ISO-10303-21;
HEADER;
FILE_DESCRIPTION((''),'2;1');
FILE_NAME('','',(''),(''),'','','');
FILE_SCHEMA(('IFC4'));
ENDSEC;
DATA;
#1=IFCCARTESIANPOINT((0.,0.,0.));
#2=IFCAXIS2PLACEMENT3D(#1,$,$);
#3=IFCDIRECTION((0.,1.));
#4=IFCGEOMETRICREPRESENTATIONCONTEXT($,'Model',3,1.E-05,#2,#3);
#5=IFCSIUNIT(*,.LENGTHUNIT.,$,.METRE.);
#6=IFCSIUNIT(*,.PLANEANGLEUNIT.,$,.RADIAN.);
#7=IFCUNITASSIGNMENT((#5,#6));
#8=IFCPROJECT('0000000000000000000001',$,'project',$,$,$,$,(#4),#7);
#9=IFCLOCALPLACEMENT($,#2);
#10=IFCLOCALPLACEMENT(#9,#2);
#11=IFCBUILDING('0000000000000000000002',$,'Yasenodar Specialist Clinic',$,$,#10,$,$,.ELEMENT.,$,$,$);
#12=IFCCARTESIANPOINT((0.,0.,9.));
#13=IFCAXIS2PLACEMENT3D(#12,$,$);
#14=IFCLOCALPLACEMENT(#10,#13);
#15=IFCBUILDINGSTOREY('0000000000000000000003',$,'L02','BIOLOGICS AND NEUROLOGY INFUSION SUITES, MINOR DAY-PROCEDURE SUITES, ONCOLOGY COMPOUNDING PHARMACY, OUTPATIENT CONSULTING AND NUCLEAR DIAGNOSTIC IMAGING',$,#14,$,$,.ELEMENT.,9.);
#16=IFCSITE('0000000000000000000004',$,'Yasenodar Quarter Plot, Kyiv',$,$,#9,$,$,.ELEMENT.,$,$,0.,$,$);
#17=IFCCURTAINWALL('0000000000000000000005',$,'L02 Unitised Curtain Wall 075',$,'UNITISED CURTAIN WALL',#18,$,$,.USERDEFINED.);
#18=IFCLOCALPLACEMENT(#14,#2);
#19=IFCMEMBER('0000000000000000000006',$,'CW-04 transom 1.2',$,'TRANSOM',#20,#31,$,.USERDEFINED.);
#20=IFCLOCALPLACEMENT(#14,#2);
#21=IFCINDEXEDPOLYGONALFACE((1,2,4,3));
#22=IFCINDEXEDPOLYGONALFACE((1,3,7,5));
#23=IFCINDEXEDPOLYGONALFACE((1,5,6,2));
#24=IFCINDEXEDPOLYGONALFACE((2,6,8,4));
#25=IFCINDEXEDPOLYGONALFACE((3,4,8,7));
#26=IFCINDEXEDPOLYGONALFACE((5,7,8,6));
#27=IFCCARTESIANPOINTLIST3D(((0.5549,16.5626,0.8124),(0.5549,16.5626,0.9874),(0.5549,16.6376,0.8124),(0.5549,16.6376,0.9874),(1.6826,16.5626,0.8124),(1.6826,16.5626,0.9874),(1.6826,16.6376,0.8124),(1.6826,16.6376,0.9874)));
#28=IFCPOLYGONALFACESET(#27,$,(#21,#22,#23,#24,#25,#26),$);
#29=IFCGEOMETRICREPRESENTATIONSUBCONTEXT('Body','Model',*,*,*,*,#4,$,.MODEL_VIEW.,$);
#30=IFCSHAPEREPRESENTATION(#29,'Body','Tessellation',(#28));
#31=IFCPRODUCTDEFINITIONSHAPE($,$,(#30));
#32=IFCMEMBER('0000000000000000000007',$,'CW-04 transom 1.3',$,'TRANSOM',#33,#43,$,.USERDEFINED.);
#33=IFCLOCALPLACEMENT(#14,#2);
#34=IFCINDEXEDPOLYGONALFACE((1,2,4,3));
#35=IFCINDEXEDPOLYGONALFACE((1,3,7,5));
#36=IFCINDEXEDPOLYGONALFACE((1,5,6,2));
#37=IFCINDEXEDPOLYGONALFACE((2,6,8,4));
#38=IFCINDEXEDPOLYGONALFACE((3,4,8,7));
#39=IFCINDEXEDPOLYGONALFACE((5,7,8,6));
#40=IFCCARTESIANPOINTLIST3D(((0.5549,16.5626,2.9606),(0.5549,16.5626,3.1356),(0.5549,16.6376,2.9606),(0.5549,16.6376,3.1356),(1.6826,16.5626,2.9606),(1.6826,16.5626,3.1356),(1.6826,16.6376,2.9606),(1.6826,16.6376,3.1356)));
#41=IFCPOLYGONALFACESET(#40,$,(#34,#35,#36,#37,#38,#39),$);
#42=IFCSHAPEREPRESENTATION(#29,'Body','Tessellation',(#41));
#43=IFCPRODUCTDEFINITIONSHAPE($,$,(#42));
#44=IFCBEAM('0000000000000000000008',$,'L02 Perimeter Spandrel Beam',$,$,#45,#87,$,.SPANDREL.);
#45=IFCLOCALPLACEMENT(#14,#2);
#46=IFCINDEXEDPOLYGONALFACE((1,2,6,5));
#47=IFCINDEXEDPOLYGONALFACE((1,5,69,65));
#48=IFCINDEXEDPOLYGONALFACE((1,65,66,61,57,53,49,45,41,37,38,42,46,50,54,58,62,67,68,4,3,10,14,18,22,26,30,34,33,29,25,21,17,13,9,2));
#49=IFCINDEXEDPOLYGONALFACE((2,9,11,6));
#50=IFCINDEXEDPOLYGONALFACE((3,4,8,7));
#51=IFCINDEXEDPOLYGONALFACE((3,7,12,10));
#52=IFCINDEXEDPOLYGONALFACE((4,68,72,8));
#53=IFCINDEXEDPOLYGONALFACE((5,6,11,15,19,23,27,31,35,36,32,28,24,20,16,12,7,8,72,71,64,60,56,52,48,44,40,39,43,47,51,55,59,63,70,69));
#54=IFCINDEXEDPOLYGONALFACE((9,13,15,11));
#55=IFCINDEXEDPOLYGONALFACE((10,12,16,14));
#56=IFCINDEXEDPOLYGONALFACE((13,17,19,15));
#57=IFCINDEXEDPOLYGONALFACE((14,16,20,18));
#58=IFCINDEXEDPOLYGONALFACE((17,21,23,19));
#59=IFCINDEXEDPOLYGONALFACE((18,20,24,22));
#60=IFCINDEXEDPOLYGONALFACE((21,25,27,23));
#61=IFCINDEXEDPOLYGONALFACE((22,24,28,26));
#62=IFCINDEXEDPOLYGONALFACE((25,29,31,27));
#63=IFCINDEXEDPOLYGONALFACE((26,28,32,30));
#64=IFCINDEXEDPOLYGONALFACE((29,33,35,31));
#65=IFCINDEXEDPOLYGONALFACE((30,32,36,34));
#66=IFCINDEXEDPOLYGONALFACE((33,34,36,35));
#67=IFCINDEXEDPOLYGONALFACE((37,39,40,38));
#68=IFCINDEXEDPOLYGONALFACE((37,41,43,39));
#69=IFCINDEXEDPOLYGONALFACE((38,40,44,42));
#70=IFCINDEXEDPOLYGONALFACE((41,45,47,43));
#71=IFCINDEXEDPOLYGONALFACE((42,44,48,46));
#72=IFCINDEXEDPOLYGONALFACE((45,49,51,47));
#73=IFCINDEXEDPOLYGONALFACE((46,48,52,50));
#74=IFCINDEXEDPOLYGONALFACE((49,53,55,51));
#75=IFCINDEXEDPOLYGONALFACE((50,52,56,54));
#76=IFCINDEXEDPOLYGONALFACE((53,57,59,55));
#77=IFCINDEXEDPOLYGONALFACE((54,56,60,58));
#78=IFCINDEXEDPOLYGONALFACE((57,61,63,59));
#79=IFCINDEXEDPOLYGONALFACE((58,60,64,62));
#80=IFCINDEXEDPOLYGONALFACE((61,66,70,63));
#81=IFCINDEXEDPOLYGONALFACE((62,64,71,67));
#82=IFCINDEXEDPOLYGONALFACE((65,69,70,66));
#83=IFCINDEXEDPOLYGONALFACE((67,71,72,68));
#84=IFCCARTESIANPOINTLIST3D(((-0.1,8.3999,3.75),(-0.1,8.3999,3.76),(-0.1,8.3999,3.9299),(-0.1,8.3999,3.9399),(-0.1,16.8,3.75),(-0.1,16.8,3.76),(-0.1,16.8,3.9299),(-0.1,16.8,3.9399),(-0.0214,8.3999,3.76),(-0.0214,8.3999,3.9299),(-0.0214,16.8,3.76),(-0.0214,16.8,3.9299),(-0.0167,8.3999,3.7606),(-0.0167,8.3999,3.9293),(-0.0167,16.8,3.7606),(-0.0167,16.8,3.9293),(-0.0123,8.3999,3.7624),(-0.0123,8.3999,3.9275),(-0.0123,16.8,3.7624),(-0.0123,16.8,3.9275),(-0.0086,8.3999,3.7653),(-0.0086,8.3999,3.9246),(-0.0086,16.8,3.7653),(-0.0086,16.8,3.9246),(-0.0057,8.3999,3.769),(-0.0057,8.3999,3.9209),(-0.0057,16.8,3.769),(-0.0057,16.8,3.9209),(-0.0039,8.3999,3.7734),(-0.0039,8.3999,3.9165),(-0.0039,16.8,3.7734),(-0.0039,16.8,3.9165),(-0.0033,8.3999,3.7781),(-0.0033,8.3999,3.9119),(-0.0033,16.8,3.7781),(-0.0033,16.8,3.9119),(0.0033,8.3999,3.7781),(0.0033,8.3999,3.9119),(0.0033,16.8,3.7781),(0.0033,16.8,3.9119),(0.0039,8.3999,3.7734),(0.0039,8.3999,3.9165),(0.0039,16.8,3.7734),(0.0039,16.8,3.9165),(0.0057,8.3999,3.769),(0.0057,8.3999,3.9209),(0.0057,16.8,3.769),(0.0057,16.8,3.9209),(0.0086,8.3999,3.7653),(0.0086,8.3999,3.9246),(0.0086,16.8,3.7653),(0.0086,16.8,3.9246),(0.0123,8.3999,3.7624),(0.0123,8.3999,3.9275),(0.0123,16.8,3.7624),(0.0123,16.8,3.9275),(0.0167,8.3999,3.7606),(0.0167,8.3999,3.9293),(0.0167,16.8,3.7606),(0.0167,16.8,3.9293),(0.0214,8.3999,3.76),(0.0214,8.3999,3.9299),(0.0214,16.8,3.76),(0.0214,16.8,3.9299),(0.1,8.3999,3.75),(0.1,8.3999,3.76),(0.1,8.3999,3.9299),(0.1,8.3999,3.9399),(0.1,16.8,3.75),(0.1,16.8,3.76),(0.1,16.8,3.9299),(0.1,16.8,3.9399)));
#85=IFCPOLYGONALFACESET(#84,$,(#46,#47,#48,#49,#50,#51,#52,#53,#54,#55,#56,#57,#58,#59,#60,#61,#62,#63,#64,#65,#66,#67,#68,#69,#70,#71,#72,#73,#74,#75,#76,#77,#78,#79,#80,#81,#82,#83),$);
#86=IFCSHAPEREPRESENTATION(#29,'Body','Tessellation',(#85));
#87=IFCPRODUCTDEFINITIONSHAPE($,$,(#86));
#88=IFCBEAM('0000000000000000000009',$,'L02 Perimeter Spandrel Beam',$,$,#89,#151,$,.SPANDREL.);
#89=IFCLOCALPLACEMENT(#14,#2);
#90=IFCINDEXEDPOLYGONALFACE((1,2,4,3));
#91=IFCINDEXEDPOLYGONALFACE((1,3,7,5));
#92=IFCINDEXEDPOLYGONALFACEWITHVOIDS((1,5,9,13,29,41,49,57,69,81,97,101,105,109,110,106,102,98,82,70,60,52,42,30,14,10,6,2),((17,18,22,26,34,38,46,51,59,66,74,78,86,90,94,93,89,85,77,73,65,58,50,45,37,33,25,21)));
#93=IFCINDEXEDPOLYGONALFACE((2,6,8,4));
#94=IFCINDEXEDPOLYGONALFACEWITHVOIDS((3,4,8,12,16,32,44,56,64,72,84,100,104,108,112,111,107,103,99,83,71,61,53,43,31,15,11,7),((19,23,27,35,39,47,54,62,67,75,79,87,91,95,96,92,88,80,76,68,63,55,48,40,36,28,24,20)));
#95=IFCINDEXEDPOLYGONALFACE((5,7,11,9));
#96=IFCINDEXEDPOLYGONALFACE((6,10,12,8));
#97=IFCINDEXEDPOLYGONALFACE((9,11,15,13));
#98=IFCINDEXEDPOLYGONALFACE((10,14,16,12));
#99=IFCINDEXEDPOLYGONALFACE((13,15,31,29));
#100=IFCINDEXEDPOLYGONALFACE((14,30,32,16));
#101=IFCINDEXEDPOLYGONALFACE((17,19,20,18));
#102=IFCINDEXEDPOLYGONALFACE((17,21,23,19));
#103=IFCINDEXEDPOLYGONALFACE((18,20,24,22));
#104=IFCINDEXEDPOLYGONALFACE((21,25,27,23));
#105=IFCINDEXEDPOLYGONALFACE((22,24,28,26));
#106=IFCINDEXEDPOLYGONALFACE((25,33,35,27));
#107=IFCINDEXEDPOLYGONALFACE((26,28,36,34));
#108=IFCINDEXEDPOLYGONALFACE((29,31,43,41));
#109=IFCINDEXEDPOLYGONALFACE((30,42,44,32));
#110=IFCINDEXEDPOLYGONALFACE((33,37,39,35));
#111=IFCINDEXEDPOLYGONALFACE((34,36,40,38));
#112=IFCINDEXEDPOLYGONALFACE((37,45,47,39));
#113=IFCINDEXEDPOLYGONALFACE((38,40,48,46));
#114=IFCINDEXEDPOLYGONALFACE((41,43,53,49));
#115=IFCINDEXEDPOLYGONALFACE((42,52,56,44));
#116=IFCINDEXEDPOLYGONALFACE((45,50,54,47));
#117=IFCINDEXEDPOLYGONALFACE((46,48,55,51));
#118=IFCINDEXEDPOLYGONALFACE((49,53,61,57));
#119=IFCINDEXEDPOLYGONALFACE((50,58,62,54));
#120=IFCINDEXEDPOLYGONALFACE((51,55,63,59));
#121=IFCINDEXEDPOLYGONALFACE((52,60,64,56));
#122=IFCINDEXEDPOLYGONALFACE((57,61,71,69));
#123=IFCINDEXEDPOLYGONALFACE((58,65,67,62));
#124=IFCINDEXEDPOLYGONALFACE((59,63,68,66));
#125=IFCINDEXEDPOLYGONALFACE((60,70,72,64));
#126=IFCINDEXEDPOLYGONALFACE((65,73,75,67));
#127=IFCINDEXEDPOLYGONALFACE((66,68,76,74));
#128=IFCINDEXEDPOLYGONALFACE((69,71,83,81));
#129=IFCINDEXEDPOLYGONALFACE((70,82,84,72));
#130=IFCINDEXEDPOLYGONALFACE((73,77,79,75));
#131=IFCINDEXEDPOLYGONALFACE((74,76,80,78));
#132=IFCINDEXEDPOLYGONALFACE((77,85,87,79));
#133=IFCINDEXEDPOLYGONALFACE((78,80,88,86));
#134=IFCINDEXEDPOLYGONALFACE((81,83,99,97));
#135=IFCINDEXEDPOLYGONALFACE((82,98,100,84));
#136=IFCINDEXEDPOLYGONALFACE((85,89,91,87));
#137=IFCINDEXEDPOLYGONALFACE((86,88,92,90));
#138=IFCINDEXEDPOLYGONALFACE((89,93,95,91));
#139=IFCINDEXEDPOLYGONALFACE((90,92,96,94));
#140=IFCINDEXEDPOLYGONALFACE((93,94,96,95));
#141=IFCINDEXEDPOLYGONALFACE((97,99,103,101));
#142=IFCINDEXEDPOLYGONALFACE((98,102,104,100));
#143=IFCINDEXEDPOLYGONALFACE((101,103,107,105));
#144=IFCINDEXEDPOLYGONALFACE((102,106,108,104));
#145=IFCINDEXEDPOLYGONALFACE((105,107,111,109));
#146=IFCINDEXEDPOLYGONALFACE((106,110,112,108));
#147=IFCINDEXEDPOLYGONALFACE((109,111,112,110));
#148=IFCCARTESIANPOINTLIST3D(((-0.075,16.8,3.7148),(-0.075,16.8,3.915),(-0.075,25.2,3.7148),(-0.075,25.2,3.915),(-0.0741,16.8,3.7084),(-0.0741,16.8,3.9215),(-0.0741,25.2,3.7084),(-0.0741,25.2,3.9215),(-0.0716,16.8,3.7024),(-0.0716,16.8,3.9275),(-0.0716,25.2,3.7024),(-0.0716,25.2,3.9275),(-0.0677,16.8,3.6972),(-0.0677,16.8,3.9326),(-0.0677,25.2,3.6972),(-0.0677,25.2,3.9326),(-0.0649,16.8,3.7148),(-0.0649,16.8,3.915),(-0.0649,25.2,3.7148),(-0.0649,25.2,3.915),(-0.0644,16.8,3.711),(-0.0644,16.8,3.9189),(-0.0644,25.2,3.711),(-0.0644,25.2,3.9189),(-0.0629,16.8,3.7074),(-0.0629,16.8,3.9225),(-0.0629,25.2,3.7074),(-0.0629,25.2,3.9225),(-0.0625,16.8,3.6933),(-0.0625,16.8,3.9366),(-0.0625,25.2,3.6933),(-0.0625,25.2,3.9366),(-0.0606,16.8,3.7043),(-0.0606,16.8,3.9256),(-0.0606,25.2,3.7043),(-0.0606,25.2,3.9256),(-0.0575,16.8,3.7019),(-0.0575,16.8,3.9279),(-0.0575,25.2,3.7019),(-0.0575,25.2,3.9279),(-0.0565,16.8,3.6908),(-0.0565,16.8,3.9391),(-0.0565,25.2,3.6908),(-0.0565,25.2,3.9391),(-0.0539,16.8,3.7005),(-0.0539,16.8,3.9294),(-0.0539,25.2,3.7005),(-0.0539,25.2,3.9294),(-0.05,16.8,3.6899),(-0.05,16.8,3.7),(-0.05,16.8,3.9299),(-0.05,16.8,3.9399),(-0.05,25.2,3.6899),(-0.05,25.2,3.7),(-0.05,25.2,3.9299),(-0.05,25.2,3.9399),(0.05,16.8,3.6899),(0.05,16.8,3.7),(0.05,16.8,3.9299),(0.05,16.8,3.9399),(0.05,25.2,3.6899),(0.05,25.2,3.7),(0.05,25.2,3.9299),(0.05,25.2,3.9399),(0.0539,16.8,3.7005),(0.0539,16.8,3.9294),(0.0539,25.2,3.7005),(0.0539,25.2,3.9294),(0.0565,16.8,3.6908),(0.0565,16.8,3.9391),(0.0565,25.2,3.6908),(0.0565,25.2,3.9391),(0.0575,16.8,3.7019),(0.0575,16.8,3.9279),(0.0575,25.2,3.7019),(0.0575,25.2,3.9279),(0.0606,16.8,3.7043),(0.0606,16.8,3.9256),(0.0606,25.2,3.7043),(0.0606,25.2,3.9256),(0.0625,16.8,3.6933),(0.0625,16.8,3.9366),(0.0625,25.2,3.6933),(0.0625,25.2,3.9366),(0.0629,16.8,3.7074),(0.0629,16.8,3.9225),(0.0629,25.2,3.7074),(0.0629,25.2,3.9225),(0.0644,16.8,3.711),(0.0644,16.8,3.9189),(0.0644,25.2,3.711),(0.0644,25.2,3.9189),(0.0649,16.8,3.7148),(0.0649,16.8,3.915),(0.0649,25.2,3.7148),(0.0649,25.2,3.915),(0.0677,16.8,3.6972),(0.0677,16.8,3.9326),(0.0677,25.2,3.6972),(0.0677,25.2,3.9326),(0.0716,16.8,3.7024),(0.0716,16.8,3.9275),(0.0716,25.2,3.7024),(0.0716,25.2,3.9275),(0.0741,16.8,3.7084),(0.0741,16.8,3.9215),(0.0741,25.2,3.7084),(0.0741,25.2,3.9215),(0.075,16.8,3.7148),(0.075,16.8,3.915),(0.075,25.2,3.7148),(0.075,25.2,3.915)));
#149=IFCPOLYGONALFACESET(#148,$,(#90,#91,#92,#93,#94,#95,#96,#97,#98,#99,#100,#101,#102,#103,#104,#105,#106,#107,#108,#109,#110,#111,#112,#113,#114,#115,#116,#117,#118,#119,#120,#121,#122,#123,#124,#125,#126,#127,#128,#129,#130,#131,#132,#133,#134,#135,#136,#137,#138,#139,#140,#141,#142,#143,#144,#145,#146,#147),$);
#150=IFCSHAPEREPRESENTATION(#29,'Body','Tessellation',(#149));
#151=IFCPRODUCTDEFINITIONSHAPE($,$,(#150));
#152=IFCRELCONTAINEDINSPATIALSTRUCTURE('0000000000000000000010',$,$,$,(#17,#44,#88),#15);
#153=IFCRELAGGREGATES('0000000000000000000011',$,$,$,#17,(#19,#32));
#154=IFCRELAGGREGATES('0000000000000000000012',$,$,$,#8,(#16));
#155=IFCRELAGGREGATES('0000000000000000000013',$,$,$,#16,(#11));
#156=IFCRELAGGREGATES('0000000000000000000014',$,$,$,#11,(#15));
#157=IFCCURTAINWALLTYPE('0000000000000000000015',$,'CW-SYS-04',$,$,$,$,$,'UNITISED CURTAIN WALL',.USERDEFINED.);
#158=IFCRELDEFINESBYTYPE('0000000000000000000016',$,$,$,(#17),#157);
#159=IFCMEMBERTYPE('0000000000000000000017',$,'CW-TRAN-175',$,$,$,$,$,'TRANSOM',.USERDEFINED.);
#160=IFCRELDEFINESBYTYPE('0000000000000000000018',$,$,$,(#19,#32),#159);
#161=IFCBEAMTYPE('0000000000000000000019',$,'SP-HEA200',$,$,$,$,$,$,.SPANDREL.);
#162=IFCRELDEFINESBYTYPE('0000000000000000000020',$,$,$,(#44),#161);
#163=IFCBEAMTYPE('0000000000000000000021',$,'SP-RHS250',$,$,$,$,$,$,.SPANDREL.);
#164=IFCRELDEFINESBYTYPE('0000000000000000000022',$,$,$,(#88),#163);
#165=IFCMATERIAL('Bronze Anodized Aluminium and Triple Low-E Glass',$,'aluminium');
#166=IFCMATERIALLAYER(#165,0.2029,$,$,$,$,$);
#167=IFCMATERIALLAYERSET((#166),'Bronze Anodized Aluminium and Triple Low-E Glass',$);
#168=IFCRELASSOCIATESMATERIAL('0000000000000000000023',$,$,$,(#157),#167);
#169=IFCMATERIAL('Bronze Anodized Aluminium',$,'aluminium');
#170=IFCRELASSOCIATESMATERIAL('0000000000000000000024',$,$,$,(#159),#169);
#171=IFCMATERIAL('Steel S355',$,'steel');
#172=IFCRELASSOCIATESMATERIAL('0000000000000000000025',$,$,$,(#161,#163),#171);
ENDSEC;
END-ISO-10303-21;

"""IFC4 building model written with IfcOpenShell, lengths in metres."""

from ifc_helpers import new_model, si_unit, direction, frame, origin, origin_2d, place, context, subcontext, project, spatial, rectangle, hollow_rectangle, i_section, extrude, material, layer, layer_set, material_profile, profile_set, type_object, element, aggregate, save


model = new_model("IFC4")

# Units and contexts
model_context = context("Model", 3, precision=1e-05, world=origin(), true_north=direction((0.0, 1.0)))
body_context = subcontext(model_context, "Body", "Model", "MODEL_VIEW")
ifc_project = project(units=[si_unit("LENGTHUNIT", "METRE"), si_unit("PLANEANGLEUNIT", "RADIAN")], contexts=[model_context])

# Site, building, storey
site_placement = place(None, origin())
site = spatial("IfcSite", under=ifc_project, at=site_placement, Name="Yasenodar Quarter Plot, Kyiv", CompositionType="ELEMENT", RefElevation=0.0)
building_placement = place(site_placement, origin())
building = spatial("IfcBuilding", under=site, at=building_placement, Name="Yasenodar Specialist Clinic", CompositionType="ELEMENT")
storey_placement = place(building_placement, frame((0.0, 0.0, 9.0)))
storey = spatial("IfcBuildingStorey", under=building, at=storey_placement, Name="L02", Description="BIOLOGICS AND NEUROLOGY INFUSION SUITES, MINOR DAY-PROCEDURE SUITES, ONCOLOGY COMPOUNDING PHARMACY, OUTPATIENT CONSULTING AND NUCLEAR DIAGNOSTIC IMAGING", CompositionType="ELEMENT", Elevation=9.0)

# Shared definitions
ifc_material_1 = material(Name="Steel S355", Category="steel")

# Curtain wall, members
ifc_material_2 = material(Name="Bronze Anodized Aluminium and Triple Low-E Glass", Category="aluminium")
ifc_layer_1 = layer(ifc_material_2, 0.2029)
ifc_layer_set_1 = layer_set([ifc_layer_1], Name="Bronze Anodized Aluminium and Triple Low-E Glass")
curtain_wall_type = type_object("IfcCurtainWallType", Name="CW-SYS-04", ElementType="UNITISED CURTAIN WALL", PredefinedType="USERDEFINED", material=ifc_layer_set_1)
curtain_wall_placement = place(storey_placement, origin())
curtain_wall = element("IfcCurtainWall", 1, at=curtain_wall_placement, inside=storey, type_object=curtain_wall_type, Name="L02 Unitised Curtain Wall 075", ObjectType="UNITISED CURTAIN WALL", PredefinedType="USERDEFINED")
ifc_material_3 = material(Name="Bronze Anodized Aluminium", Category="aluminium")
ifc_material_profile_1 = material_profile(ifc_material_3, rectangle(XDim=0.075, YDim=0.175, at=origin_2d()), Name="CW-TRAN 75x175")
ifc_profile_set_1 = profile_set([ifc_material_profile_1], Name="Bronze Anodized Aluminium")
member_type_1 = type_object("IfcMemberType", Name="CW-TRAN-175", ElementType="TRANSOM", PredefinedType="USERDEFINED", material=ifc_profile_set_1)
member_1_placement = place(storey_placement, frame((0.5549, 16.6001, 0.8999), z_axis=(1.0, 0.0, 0.0), x_axis=(0.0, 1.0, 0.0)))
member_1 = element("IfcMember", 2, at=member_1_placement, type_object=member_type_1, Name="CW-04 transom 1.2", ObjectType="TRANSOM", PredefinedType="USERDEFINED", context=body_context, shape_type="SweptSolid", body=[
    extrude(rectangle(XDim=0.075, YDim=0.175, at=origin_2d()), origin(), (0.0, 0.0, 1.0), 1.1277),
])
member_2_placement = place(storey_placement, frame((0.5549, 16.6001, 3.0481), z_axis=(1.0, 0.0, 0.0), x_axis=(0.0, 1.0, 0.0)))
member_2 = element("IfcMember", 3, at=member_2_placement, type_object=member_type_1, Name="CW-04 transom 1.3", ObjectType="TRANSOM", PredefinedType="USERDEFINED", context=body_context, shape_type="SweptSolid", body=[
    extrude(rectangle(XDim=0.075, YDim=0.175, at=origin_2d()), origin(), (0.0, 0.0, 1.0), 1.1277),
])
aggregate(curtain_wall, [member_1, member_2])

# Beams
ifc_material_profile_2 = material_profile(ifc_material_1, i_section(OverallWidth=0.2, OverallDepth=0.1899, WebThickness=0.0066, FlangeThickness=0.01, FilletRadius=0.0181, at=origin_2d()), Name="HEA 200")
ifc_profile_set_2 = profile_set([ifc_material_profile_2], Name="Steel S355")
beam_type_1 = type_object("IfcBeamType", Name="SP-HEA200", PredefinedType="SPANDREL", material=ifc_profile_set_2)
beam_1_placement = place(storey_placement, frame((0.0, 8.3999, 3.845), z_axis=(0.0, 1.0, 0.0), x_axis=(-1.0, 0.0, 0.0)))
element("IfcBeam", 4, at=beam_1_placement, inside=storey, type_object=beam_type_1, Name="L02 Perimeter Spandrel Beam", PredefinedType="SPANDREL", context=body_context, shape_type="SweptSolid", body=[
    extrude(i_section(OverallWidth=0.2, OverallDepth=0.1899, WebThickness=0.0066, FlangeThickness=0.01, FilletRadius=0.0181, at=origin_2d()), origin(), (0.0, 0.0, 1.0), 8.4001),
])
ifc_material_profile_3 = material_profile(ifc_material_1, hollow_rectangle(XDim=0.1499, YDim=0.25, WallThickness=0.01, InnerFilletRadius=0.0149, OuterFilletRadius=0.0249, at=origin_2d()), Name="RHS 250x150x10")
ifc_profile_set_3 = profile_set([ifc_material_profile_3], Name="Steel S355")
beam_type_2 = type_object("IfcBeamType", Name="SP-RHS250", PredefinedType="SPANDREL", material=ifc_profile_set_3)
beam_2_placement = place(storey_placement, frame((0.0, 16.8, 3.8149), z_axis=(0.0, 1.0, 0.0), x_axis=(-1.0, 0.0, 0.0)))
element("IfcBeam", 5, at=beam_2_placement, inside=storey, type_object=beam_type_2, Name="L02 Perimeter Spandrel Beam", PredefinedType="SPANDREL", context=body_context, shape_type="SweptSolid", body=[
    extrude(hollow_rectangle(XDim=0.1499, YDim=0.25, WallThickness=0.01, InnerFilletRadius=0.0149, OuterFilletRadius=0.0249, at=origin_2d()), origin(), (0.0, 0.0, 1.0), 8.3999),
])

save(model, "model.ifc")
